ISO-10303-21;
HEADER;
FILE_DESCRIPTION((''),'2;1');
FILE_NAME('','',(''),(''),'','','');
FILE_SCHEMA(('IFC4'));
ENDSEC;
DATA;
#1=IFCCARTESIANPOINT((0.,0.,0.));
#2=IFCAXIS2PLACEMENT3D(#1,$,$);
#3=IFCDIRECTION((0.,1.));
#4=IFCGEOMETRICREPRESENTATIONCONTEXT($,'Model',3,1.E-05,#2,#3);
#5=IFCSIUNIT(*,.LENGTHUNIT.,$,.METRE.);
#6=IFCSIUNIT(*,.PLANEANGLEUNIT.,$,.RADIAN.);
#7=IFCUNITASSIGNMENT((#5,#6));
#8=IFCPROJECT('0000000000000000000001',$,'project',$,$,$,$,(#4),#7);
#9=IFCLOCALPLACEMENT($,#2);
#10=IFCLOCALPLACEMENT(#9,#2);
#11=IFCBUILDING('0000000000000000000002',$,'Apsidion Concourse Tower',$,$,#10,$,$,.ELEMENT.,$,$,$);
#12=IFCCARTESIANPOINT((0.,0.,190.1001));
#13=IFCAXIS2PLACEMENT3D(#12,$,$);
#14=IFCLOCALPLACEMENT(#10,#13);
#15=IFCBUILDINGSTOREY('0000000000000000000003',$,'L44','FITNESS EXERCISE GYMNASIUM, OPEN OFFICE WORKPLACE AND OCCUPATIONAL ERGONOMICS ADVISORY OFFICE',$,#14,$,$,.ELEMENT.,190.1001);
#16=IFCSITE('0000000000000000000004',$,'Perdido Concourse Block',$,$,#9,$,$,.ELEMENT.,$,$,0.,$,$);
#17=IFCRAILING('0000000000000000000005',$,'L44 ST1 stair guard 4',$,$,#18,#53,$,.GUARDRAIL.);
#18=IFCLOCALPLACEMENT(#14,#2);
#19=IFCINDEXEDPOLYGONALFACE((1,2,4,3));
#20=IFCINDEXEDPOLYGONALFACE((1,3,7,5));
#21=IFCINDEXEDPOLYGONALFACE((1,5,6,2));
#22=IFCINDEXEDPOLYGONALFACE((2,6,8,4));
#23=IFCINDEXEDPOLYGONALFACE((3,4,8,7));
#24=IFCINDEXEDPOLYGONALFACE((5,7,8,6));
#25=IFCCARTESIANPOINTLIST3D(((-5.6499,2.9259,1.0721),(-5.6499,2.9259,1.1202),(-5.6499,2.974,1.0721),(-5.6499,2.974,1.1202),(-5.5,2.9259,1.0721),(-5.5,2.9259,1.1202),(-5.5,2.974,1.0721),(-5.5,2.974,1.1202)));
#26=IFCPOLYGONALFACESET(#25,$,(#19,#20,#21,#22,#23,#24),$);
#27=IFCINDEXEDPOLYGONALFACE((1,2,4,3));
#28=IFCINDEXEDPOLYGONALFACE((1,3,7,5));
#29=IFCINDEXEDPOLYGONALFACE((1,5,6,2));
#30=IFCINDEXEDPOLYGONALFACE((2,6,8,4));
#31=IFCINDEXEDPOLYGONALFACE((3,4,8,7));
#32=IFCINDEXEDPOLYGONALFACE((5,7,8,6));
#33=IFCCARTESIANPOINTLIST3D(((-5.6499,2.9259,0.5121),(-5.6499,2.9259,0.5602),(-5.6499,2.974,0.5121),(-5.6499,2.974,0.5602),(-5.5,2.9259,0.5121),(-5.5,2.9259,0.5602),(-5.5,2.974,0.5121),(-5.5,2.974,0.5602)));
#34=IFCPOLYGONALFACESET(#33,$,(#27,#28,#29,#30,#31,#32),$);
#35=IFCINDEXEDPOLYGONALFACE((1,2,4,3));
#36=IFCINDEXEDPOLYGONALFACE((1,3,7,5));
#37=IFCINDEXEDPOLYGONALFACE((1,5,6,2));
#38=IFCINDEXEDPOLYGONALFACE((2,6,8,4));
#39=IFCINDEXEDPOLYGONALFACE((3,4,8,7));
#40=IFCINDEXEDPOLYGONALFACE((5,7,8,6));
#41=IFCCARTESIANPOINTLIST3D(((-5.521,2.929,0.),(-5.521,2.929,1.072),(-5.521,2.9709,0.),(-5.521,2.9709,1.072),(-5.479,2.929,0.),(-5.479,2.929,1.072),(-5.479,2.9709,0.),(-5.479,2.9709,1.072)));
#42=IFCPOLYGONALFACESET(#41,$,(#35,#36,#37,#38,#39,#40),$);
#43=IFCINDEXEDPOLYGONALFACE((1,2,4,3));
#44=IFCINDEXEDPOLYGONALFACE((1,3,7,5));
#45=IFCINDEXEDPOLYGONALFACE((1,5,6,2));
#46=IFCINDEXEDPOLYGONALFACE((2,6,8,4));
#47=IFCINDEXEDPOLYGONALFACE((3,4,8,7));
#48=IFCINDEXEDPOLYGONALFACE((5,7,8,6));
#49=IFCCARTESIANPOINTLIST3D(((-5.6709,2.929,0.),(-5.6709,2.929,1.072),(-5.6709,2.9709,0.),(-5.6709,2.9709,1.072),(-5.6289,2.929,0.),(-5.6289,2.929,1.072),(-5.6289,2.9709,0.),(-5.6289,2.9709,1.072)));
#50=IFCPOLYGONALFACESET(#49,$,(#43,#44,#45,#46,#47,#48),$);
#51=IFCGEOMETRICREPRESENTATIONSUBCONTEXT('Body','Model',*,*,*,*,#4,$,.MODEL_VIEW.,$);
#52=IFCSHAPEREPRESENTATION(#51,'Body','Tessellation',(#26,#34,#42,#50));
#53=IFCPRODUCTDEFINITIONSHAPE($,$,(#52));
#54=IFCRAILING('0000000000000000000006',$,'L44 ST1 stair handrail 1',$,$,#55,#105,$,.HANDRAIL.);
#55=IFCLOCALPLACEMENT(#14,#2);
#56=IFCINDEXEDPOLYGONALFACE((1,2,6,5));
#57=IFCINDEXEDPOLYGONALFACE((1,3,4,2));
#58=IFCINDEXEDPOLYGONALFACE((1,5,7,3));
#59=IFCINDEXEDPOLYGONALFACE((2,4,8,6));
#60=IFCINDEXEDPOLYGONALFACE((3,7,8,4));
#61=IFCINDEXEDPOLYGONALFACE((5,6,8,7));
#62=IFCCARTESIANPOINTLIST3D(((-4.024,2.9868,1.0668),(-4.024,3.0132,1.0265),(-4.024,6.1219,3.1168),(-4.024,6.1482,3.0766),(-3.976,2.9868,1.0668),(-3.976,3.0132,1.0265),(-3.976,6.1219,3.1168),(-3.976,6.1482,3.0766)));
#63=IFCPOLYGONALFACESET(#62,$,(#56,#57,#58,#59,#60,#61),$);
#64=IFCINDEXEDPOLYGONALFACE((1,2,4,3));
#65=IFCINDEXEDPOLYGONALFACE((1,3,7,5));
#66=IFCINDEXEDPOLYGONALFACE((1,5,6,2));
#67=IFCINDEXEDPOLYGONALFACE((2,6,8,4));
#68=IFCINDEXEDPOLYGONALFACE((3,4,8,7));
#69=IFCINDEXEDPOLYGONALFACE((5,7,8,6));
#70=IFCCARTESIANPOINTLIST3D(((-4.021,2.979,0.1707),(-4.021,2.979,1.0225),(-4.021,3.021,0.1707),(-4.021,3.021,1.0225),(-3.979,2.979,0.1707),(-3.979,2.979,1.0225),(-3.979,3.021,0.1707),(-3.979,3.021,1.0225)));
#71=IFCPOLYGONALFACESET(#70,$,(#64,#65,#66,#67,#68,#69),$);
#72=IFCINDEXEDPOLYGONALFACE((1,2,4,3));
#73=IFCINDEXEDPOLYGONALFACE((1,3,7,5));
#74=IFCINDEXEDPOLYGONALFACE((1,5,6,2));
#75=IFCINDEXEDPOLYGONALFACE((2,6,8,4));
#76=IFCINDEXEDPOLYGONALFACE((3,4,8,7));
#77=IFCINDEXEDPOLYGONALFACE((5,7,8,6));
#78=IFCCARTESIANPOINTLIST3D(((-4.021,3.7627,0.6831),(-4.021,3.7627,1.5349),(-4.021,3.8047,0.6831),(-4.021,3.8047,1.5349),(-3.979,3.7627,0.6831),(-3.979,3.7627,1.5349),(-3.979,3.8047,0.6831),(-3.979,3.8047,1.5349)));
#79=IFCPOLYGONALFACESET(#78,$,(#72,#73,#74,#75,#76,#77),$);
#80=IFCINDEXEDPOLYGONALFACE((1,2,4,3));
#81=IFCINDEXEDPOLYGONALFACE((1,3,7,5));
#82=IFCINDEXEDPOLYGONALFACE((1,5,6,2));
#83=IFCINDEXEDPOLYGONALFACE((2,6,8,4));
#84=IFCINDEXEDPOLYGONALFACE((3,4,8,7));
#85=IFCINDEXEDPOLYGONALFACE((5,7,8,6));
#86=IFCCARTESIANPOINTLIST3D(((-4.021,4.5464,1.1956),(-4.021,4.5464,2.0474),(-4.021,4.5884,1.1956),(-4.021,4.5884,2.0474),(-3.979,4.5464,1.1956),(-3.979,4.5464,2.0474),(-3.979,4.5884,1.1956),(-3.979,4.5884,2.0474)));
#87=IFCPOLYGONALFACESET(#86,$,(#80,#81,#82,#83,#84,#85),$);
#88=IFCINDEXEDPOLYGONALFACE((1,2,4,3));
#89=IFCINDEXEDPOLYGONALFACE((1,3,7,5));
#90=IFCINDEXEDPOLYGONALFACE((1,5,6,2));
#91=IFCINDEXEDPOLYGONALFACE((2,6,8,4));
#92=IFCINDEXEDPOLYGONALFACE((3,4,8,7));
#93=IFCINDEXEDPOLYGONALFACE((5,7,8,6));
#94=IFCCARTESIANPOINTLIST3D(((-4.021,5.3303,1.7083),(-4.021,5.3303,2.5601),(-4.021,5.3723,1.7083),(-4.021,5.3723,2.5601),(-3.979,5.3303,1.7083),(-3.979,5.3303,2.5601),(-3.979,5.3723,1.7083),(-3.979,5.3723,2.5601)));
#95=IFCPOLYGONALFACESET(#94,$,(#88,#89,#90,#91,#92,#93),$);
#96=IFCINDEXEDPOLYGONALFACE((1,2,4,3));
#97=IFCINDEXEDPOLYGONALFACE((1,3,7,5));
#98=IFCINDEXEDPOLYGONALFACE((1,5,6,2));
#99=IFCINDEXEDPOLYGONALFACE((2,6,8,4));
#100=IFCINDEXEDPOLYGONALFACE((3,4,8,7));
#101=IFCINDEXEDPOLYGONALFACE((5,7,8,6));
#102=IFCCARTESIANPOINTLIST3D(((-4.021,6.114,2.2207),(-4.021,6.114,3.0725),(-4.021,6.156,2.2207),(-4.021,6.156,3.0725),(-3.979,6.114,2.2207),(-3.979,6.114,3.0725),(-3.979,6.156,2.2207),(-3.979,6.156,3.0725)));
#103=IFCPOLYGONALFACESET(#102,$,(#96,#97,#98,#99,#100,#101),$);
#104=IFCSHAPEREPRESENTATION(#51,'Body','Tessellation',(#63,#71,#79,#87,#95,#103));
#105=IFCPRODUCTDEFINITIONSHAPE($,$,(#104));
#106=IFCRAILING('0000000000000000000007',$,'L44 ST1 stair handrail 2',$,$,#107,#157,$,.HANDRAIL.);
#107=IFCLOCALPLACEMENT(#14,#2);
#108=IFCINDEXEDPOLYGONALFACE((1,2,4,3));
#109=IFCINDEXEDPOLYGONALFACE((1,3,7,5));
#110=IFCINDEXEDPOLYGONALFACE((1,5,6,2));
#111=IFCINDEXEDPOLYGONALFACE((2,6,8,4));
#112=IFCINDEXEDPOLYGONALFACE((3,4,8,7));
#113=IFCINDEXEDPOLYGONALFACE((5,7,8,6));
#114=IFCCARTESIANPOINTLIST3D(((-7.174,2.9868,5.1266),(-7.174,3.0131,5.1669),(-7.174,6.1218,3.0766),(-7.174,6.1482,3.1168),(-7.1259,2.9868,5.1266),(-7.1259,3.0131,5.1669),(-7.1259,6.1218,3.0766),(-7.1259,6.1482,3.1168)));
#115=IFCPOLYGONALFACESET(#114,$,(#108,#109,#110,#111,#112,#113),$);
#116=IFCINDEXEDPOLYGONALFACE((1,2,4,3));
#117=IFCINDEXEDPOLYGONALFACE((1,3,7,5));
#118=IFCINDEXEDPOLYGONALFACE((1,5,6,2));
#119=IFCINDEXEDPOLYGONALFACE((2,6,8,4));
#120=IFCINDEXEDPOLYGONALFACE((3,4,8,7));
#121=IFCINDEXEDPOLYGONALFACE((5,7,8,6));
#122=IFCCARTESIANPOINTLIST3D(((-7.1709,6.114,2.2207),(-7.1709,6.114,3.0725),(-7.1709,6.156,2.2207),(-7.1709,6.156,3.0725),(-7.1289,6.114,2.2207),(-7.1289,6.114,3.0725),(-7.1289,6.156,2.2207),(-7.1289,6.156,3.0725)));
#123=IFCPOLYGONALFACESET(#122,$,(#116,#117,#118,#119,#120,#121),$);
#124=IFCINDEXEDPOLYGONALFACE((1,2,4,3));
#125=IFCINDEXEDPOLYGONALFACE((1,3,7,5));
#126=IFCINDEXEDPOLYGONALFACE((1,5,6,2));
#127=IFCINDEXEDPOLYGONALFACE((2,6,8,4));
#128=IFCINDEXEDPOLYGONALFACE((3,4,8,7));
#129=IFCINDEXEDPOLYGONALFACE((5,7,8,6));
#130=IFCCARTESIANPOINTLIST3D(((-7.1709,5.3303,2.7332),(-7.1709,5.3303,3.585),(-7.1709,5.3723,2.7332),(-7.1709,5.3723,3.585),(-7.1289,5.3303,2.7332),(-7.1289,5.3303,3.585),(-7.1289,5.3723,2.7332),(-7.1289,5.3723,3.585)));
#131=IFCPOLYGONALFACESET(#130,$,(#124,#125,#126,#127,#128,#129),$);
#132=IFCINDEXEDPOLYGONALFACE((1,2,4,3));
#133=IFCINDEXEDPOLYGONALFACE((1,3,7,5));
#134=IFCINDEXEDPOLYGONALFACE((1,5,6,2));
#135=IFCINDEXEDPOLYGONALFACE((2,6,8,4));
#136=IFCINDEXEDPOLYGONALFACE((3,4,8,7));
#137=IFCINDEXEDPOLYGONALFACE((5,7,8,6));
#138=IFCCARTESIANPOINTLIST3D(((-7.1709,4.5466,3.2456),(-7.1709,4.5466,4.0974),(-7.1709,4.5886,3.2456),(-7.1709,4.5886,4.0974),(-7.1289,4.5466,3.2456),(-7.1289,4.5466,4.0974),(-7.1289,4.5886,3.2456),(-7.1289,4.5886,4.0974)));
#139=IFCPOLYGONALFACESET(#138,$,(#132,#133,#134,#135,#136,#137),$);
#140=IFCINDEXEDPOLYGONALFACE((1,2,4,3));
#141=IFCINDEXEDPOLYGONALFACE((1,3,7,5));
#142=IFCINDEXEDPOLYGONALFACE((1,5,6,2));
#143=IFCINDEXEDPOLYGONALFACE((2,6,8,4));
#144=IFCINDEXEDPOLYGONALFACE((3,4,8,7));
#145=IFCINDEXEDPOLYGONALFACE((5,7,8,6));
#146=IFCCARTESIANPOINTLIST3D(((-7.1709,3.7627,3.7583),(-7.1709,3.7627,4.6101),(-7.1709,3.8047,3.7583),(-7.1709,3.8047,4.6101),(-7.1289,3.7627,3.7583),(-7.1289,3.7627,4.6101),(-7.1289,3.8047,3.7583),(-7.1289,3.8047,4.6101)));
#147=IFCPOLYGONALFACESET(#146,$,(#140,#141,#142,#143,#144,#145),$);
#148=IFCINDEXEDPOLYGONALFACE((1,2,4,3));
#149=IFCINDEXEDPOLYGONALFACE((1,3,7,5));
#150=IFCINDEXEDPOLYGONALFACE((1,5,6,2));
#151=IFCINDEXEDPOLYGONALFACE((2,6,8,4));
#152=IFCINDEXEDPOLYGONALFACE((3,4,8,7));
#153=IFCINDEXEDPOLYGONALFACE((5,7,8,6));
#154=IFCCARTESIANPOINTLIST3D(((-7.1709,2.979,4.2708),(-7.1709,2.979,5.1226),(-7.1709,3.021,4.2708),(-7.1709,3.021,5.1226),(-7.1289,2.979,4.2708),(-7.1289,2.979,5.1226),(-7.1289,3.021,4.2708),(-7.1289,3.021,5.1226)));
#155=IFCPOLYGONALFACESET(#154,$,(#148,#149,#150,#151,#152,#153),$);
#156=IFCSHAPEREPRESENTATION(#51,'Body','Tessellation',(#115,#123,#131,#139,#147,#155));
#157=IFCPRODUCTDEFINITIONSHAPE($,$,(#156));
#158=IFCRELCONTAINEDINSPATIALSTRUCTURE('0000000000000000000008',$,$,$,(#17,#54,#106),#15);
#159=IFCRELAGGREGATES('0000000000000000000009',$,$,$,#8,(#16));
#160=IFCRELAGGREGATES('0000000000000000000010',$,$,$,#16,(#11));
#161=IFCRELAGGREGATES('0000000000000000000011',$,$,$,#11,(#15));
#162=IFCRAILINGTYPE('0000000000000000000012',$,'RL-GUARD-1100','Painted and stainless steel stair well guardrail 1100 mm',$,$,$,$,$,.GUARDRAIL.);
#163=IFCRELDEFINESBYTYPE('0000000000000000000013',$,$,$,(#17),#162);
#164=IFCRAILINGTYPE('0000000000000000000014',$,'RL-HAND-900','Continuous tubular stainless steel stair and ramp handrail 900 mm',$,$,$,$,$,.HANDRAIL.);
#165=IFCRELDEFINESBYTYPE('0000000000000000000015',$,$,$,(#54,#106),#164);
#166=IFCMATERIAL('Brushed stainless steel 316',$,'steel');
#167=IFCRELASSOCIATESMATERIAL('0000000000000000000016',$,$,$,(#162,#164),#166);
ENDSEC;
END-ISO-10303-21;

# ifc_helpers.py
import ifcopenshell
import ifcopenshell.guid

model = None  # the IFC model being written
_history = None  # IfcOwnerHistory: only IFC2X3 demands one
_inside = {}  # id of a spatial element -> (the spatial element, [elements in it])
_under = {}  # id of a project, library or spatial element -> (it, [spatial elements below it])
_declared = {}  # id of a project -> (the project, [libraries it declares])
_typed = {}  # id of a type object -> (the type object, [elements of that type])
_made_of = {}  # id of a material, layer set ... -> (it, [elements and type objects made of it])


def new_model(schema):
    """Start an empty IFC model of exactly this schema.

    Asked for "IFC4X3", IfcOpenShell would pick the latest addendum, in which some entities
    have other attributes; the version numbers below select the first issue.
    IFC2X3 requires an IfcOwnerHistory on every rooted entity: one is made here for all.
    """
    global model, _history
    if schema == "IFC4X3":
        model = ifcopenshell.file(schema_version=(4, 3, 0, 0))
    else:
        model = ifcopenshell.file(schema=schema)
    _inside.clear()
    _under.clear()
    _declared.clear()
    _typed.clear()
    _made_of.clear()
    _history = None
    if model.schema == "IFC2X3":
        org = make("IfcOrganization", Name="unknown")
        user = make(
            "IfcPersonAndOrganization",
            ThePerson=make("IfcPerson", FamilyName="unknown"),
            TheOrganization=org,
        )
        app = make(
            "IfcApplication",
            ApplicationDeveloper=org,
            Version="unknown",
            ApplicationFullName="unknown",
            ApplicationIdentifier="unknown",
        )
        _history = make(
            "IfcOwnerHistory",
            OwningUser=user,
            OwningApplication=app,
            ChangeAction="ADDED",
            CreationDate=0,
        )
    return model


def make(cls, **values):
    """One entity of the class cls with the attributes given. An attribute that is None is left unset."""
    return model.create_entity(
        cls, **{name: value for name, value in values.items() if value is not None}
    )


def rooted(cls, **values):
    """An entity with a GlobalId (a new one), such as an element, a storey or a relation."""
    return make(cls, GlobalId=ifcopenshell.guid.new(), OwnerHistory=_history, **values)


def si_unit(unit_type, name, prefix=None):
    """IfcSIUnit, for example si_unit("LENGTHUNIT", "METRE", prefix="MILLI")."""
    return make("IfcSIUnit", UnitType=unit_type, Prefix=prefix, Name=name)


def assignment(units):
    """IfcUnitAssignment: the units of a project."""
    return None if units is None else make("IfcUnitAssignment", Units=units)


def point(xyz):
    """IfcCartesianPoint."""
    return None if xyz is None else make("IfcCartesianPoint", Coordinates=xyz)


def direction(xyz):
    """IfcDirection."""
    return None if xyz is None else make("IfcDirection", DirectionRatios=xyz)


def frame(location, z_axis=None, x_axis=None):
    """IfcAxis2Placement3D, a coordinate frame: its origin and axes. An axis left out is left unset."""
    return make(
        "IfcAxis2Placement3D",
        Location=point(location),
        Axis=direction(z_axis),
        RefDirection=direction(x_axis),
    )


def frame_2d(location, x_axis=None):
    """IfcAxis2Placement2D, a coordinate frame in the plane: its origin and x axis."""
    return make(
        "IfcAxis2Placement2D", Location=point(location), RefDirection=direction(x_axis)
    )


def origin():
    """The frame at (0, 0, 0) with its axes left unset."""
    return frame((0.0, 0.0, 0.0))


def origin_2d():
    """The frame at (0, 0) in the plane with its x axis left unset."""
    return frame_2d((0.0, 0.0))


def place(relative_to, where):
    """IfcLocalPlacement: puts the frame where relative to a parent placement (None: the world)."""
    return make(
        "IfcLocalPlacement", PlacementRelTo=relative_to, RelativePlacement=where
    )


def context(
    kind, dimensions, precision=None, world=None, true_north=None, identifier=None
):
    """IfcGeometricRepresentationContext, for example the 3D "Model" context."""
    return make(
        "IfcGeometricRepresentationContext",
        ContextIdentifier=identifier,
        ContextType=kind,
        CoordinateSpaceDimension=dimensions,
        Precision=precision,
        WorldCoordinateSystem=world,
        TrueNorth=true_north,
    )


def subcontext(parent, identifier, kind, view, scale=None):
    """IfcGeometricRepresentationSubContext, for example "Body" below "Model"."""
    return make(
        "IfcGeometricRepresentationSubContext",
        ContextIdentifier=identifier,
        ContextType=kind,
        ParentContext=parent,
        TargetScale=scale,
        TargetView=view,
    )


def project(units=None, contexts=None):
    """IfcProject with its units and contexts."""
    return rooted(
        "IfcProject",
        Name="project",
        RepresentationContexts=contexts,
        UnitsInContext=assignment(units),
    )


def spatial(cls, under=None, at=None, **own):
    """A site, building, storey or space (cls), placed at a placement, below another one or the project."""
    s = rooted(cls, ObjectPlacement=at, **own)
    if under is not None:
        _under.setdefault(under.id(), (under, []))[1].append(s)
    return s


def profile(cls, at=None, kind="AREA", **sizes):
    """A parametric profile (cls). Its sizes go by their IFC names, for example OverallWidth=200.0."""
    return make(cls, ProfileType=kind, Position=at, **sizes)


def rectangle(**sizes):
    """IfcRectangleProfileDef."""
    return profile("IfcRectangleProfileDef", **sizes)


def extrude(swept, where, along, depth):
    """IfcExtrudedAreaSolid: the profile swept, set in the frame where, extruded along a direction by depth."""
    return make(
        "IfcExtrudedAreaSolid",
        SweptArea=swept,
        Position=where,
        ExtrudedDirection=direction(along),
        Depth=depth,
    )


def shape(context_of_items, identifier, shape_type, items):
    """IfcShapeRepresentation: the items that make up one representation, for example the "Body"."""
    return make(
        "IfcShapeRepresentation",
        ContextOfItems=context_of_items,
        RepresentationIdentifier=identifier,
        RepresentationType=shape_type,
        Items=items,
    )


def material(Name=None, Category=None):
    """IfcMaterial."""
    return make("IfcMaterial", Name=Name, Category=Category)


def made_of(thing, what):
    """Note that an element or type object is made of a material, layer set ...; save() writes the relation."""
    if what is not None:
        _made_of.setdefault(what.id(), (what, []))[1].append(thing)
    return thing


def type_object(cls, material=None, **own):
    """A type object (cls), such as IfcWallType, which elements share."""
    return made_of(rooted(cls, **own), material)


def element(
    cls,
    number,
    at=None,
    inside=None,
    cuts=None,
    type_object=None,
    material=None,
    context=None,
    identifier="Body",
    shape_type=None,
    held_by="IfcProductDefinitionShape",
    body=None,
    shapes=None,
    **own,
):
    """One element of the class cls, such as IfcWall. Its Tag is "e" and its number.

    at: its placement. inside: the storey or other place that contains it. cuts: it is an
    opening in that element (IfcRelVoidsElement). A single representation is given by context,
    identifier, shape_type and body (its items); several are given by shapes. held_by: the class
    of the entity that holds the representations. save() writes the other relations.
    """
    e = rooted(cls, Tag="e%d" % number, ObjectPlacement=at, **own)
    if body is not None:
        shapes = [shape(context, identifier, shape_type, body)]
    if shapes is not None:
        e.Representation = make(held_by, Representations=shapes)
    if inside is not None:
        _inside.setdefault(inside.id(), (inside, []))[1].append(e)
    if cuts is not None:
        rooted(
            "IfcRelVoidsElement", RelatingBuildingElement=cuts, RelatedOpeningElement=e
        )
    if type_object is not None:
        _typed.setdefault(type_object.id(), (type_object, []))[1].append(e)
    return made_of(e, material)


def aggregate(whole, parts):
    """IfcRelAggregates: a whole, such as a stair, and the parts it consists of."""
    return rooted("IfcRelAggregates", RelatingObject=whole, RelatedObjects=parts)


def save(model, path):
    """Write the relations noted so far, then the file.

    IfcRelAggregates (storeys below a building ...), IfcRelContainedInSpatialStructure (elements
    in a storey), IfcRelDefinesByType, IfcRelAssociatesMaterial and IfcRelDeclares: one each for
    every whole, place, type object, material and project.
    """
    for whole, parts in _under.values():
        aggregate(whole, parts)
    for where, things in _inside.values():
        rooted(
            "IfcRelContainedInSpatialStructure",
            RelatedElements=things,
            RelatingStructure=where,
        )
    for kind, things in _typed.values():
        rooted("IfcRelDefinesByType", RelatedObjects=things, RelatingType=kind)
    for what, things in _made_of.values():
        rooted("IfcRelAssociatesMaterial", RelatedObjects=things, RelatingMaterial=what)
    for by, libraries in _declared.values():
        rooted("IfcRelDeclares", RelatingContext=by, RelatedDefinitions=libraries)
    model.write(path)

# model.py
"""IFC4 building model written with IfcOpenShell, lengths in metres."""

from ifc_helpers import new_model, si_unit, direction, frame, origin, origin_2d, place, context, subcontext, project, spatial, rectangle, extrude, material, type_object, element, save


model = new_model("IFC4")

# Units and contexts
model_context = context("Model", 3, precision=1e-05, world=origin(), true_north=direction((0.0, 1.0)))
body_context = subcontext(model_context, "Body", "Model", "MODEL_VIEW")
ifc_project = project(units=[si_unit("LENGTHUNIT", "METRE"), si_unit("PLANEANGLEUNIT", "RADIAN")], contexts=[model_context])

# Site, building, storey
site_placement = place(None, origin())
site = spatial("IfcSite", under=ifc_project, at=site_placement, Name="Perdido Concourse Block", CompositionType="ELEMENT", RefElevation=0.0)
building_placement = place(site_placement, origin())
building = spatial("IfcBuilding", under=site, at=building_placement, Name="Apsidion Concourse Tower", CompositionType="ELEMENT")
storey_placement = place(building_placement, frame((0.0, 0.0, 190.1001)))
storey = spatial("IfcBuildingStorey", under=building, at=storey_placement, Name="L44", Description="FITNESS EXERCISE GYMNASIUM, OPEN OFFICE WORKPLACE AND OCCUPATIONAL ERGONOMICS ADVISORY OFFICE", CompositionType="ELEMENT", Elevation=190.1001)

# Shared definitions
ifc_material_1 = material(Name="Brushed stainless steel 316", Category="steel")

# Railings
railing_type_1 = type_object("IfcRailingType", Name="RL-GUARD-1100", Description="Painted and stainless steel stair well guardrail 1100 mm", PredefinedType="GUARDRAIL", material=ifc_material_1)
railing_1_placement = place(storey_placement, frame((-5.5, 2.95, 0.0)))
element("IfcRailing", 1, at=railing_1_placement, inside=storey, type_object=railing_type_1, Name="L44 ST1 stair guard 4", PredefinedType="GUARDRAIL", context=body_context, shape_type="SweptSolid", body=[
    extrude(rectangle(XDim=0.0481, YDim=0.0481, at=origin_2d()), frame((0.0, 0.0, 1.0962), z_axis=(-1.0, 0.0, 0.0), x_axis=(0.0, -1.0, 0.0)), (0.0, 0.0, 1.0), 0.1499),
    extrude(rectangle(XDim=0.0481, YDim=0.0481, at=origin_2d()), frame((0.0, 0.0, 0.5361), z_axis=(-1.0, 0.0, 0.0), x_axis=(0.0, -1.0, 0.0)), (0.0, 0.0, 1.0), 0.1499),
    extrude(rectangle(XDim=0.042, YDim=0.042, at=origin_2d()), origin(), (0.0, 0.0, 1.0), 1.072),
    extrude(rectangle(XDim=0.042, YDim=0.042, at=origin_2d()), frame((-0.1499, 0.0, 0.0)), (0.0, 0.0, 1.0), 1.072),
])
railing_type_2 = type_object("IfcRailingType", Name="RL-HAND-900", Description="Continuous tubular stainless steel stair and ramp handrail 900 mm", PredefinedType="HANDRAIL", material=ifc_material_1)
railing_2_placement = place(storey_placement, frame((-4.0, 3.0, 0.1707)))
element("IfcRailing", 2, at=railing_2_placement, inside=storey, type_object=railing_type_2, Name="L44 ST1 stair handrail 1", PredefinedType="HANDRAIL", context=body_context, shape_type="SweptSolid", body=[
    extrude(rectangle(XDim=0.0481, YDim=0.0481, at=origin_2d()), frame((0.0, 0.0, 0.876), z_axis=(0.0, 0.836941, 0.547293), x_axis=(-1.0, 0.0, 0.0)), (0.0, 0.0, 1.0), 3.7458),
    extrude(rectangle(XDim=0.042, YDim=0.042, at=origin_2d()), origin(), (0.0, 0.0, 1.0), 0.8518),
    extrude(rectangle(XDim=0.042, YDim=0.042, at=origin_2d()), frame((0.0, 0.7837, 0.5125)), (0.0, 0.0, 1.0), 0.8518),
    extrude(rectangle(XDim=0.042, YDim=0.042, at=origin_2d()), frame((0.0, 1.5674, 1.0249)), (0.0, 0.0, 1.0), 0.8518),
    extrude(rectangle(XDim=0.042, YDim=0.042, at=origin_2d()), frame((0.0, 2.3513, 1.5376)), (0.0, 0.0, 1.0), 0.8518),
    extrude(rectangle(XDim=0.042, YDim=0.042, at=origin_2d()), frame((0.0, 3.135, 2.05)), (0.0, 0.0, 1.0), 0.8518),
])
railing_3_placement = place(storey_placement, frame((-7.1499, 6.135, 2.2207)))
element("IfcRailing", 3, at=railing_3_placement, inside=storey, type_object=railing_type_2, Name="L44 ST1 stair handrail 2", PredefinedType="HANDRAIL", context=body_context, shape_type="SweptSolid", body=[
    extrude(rectangle(XDim=0.0481, YDim=0.0481, at=origin_2d()), frame((0.0, 0.0, 0.876), z_axis=(0.0, -0.836941, 0.547293), x_axis=(1.0, 0.0, 0.0)), (0.0, 0.0, 1.0), 3.7458),
    extrude(rectangle(XDim=0.042, YDim=0.042, at=origin_2d()), origin(), (0.0, 0.0, 1.0), 0.8518),
    extrude(rectangle(XDim=0.042, YDim=0.042, at=origin_2d()), frame((0.0, -0.7837, 0.5125)), (0.0, 0.0, 1.0), 0.8518),
    extrude(rectangle(XDim=0.042, YDim=0.042, at=origin_2d()), frame((0.0, -1.5674, 1.0249)), (0.0, 0.0, 1.0), 0.8518),
    extrude(rectangle(XDim=0.042, YDim=0.042, at=origin_2d()), frame((0.0, -2.3513, 1.5376)), (0.0, 0.0, 1.0), 0.8518),
    extrude(rectangle(XDim=0.042, YDim=0.042, at=origin_2d()), frame((0.0, -3.135, 2.05)), (0.0, 0.0, 1.0), 0.8518),
])

save(model, "model.ifc")
